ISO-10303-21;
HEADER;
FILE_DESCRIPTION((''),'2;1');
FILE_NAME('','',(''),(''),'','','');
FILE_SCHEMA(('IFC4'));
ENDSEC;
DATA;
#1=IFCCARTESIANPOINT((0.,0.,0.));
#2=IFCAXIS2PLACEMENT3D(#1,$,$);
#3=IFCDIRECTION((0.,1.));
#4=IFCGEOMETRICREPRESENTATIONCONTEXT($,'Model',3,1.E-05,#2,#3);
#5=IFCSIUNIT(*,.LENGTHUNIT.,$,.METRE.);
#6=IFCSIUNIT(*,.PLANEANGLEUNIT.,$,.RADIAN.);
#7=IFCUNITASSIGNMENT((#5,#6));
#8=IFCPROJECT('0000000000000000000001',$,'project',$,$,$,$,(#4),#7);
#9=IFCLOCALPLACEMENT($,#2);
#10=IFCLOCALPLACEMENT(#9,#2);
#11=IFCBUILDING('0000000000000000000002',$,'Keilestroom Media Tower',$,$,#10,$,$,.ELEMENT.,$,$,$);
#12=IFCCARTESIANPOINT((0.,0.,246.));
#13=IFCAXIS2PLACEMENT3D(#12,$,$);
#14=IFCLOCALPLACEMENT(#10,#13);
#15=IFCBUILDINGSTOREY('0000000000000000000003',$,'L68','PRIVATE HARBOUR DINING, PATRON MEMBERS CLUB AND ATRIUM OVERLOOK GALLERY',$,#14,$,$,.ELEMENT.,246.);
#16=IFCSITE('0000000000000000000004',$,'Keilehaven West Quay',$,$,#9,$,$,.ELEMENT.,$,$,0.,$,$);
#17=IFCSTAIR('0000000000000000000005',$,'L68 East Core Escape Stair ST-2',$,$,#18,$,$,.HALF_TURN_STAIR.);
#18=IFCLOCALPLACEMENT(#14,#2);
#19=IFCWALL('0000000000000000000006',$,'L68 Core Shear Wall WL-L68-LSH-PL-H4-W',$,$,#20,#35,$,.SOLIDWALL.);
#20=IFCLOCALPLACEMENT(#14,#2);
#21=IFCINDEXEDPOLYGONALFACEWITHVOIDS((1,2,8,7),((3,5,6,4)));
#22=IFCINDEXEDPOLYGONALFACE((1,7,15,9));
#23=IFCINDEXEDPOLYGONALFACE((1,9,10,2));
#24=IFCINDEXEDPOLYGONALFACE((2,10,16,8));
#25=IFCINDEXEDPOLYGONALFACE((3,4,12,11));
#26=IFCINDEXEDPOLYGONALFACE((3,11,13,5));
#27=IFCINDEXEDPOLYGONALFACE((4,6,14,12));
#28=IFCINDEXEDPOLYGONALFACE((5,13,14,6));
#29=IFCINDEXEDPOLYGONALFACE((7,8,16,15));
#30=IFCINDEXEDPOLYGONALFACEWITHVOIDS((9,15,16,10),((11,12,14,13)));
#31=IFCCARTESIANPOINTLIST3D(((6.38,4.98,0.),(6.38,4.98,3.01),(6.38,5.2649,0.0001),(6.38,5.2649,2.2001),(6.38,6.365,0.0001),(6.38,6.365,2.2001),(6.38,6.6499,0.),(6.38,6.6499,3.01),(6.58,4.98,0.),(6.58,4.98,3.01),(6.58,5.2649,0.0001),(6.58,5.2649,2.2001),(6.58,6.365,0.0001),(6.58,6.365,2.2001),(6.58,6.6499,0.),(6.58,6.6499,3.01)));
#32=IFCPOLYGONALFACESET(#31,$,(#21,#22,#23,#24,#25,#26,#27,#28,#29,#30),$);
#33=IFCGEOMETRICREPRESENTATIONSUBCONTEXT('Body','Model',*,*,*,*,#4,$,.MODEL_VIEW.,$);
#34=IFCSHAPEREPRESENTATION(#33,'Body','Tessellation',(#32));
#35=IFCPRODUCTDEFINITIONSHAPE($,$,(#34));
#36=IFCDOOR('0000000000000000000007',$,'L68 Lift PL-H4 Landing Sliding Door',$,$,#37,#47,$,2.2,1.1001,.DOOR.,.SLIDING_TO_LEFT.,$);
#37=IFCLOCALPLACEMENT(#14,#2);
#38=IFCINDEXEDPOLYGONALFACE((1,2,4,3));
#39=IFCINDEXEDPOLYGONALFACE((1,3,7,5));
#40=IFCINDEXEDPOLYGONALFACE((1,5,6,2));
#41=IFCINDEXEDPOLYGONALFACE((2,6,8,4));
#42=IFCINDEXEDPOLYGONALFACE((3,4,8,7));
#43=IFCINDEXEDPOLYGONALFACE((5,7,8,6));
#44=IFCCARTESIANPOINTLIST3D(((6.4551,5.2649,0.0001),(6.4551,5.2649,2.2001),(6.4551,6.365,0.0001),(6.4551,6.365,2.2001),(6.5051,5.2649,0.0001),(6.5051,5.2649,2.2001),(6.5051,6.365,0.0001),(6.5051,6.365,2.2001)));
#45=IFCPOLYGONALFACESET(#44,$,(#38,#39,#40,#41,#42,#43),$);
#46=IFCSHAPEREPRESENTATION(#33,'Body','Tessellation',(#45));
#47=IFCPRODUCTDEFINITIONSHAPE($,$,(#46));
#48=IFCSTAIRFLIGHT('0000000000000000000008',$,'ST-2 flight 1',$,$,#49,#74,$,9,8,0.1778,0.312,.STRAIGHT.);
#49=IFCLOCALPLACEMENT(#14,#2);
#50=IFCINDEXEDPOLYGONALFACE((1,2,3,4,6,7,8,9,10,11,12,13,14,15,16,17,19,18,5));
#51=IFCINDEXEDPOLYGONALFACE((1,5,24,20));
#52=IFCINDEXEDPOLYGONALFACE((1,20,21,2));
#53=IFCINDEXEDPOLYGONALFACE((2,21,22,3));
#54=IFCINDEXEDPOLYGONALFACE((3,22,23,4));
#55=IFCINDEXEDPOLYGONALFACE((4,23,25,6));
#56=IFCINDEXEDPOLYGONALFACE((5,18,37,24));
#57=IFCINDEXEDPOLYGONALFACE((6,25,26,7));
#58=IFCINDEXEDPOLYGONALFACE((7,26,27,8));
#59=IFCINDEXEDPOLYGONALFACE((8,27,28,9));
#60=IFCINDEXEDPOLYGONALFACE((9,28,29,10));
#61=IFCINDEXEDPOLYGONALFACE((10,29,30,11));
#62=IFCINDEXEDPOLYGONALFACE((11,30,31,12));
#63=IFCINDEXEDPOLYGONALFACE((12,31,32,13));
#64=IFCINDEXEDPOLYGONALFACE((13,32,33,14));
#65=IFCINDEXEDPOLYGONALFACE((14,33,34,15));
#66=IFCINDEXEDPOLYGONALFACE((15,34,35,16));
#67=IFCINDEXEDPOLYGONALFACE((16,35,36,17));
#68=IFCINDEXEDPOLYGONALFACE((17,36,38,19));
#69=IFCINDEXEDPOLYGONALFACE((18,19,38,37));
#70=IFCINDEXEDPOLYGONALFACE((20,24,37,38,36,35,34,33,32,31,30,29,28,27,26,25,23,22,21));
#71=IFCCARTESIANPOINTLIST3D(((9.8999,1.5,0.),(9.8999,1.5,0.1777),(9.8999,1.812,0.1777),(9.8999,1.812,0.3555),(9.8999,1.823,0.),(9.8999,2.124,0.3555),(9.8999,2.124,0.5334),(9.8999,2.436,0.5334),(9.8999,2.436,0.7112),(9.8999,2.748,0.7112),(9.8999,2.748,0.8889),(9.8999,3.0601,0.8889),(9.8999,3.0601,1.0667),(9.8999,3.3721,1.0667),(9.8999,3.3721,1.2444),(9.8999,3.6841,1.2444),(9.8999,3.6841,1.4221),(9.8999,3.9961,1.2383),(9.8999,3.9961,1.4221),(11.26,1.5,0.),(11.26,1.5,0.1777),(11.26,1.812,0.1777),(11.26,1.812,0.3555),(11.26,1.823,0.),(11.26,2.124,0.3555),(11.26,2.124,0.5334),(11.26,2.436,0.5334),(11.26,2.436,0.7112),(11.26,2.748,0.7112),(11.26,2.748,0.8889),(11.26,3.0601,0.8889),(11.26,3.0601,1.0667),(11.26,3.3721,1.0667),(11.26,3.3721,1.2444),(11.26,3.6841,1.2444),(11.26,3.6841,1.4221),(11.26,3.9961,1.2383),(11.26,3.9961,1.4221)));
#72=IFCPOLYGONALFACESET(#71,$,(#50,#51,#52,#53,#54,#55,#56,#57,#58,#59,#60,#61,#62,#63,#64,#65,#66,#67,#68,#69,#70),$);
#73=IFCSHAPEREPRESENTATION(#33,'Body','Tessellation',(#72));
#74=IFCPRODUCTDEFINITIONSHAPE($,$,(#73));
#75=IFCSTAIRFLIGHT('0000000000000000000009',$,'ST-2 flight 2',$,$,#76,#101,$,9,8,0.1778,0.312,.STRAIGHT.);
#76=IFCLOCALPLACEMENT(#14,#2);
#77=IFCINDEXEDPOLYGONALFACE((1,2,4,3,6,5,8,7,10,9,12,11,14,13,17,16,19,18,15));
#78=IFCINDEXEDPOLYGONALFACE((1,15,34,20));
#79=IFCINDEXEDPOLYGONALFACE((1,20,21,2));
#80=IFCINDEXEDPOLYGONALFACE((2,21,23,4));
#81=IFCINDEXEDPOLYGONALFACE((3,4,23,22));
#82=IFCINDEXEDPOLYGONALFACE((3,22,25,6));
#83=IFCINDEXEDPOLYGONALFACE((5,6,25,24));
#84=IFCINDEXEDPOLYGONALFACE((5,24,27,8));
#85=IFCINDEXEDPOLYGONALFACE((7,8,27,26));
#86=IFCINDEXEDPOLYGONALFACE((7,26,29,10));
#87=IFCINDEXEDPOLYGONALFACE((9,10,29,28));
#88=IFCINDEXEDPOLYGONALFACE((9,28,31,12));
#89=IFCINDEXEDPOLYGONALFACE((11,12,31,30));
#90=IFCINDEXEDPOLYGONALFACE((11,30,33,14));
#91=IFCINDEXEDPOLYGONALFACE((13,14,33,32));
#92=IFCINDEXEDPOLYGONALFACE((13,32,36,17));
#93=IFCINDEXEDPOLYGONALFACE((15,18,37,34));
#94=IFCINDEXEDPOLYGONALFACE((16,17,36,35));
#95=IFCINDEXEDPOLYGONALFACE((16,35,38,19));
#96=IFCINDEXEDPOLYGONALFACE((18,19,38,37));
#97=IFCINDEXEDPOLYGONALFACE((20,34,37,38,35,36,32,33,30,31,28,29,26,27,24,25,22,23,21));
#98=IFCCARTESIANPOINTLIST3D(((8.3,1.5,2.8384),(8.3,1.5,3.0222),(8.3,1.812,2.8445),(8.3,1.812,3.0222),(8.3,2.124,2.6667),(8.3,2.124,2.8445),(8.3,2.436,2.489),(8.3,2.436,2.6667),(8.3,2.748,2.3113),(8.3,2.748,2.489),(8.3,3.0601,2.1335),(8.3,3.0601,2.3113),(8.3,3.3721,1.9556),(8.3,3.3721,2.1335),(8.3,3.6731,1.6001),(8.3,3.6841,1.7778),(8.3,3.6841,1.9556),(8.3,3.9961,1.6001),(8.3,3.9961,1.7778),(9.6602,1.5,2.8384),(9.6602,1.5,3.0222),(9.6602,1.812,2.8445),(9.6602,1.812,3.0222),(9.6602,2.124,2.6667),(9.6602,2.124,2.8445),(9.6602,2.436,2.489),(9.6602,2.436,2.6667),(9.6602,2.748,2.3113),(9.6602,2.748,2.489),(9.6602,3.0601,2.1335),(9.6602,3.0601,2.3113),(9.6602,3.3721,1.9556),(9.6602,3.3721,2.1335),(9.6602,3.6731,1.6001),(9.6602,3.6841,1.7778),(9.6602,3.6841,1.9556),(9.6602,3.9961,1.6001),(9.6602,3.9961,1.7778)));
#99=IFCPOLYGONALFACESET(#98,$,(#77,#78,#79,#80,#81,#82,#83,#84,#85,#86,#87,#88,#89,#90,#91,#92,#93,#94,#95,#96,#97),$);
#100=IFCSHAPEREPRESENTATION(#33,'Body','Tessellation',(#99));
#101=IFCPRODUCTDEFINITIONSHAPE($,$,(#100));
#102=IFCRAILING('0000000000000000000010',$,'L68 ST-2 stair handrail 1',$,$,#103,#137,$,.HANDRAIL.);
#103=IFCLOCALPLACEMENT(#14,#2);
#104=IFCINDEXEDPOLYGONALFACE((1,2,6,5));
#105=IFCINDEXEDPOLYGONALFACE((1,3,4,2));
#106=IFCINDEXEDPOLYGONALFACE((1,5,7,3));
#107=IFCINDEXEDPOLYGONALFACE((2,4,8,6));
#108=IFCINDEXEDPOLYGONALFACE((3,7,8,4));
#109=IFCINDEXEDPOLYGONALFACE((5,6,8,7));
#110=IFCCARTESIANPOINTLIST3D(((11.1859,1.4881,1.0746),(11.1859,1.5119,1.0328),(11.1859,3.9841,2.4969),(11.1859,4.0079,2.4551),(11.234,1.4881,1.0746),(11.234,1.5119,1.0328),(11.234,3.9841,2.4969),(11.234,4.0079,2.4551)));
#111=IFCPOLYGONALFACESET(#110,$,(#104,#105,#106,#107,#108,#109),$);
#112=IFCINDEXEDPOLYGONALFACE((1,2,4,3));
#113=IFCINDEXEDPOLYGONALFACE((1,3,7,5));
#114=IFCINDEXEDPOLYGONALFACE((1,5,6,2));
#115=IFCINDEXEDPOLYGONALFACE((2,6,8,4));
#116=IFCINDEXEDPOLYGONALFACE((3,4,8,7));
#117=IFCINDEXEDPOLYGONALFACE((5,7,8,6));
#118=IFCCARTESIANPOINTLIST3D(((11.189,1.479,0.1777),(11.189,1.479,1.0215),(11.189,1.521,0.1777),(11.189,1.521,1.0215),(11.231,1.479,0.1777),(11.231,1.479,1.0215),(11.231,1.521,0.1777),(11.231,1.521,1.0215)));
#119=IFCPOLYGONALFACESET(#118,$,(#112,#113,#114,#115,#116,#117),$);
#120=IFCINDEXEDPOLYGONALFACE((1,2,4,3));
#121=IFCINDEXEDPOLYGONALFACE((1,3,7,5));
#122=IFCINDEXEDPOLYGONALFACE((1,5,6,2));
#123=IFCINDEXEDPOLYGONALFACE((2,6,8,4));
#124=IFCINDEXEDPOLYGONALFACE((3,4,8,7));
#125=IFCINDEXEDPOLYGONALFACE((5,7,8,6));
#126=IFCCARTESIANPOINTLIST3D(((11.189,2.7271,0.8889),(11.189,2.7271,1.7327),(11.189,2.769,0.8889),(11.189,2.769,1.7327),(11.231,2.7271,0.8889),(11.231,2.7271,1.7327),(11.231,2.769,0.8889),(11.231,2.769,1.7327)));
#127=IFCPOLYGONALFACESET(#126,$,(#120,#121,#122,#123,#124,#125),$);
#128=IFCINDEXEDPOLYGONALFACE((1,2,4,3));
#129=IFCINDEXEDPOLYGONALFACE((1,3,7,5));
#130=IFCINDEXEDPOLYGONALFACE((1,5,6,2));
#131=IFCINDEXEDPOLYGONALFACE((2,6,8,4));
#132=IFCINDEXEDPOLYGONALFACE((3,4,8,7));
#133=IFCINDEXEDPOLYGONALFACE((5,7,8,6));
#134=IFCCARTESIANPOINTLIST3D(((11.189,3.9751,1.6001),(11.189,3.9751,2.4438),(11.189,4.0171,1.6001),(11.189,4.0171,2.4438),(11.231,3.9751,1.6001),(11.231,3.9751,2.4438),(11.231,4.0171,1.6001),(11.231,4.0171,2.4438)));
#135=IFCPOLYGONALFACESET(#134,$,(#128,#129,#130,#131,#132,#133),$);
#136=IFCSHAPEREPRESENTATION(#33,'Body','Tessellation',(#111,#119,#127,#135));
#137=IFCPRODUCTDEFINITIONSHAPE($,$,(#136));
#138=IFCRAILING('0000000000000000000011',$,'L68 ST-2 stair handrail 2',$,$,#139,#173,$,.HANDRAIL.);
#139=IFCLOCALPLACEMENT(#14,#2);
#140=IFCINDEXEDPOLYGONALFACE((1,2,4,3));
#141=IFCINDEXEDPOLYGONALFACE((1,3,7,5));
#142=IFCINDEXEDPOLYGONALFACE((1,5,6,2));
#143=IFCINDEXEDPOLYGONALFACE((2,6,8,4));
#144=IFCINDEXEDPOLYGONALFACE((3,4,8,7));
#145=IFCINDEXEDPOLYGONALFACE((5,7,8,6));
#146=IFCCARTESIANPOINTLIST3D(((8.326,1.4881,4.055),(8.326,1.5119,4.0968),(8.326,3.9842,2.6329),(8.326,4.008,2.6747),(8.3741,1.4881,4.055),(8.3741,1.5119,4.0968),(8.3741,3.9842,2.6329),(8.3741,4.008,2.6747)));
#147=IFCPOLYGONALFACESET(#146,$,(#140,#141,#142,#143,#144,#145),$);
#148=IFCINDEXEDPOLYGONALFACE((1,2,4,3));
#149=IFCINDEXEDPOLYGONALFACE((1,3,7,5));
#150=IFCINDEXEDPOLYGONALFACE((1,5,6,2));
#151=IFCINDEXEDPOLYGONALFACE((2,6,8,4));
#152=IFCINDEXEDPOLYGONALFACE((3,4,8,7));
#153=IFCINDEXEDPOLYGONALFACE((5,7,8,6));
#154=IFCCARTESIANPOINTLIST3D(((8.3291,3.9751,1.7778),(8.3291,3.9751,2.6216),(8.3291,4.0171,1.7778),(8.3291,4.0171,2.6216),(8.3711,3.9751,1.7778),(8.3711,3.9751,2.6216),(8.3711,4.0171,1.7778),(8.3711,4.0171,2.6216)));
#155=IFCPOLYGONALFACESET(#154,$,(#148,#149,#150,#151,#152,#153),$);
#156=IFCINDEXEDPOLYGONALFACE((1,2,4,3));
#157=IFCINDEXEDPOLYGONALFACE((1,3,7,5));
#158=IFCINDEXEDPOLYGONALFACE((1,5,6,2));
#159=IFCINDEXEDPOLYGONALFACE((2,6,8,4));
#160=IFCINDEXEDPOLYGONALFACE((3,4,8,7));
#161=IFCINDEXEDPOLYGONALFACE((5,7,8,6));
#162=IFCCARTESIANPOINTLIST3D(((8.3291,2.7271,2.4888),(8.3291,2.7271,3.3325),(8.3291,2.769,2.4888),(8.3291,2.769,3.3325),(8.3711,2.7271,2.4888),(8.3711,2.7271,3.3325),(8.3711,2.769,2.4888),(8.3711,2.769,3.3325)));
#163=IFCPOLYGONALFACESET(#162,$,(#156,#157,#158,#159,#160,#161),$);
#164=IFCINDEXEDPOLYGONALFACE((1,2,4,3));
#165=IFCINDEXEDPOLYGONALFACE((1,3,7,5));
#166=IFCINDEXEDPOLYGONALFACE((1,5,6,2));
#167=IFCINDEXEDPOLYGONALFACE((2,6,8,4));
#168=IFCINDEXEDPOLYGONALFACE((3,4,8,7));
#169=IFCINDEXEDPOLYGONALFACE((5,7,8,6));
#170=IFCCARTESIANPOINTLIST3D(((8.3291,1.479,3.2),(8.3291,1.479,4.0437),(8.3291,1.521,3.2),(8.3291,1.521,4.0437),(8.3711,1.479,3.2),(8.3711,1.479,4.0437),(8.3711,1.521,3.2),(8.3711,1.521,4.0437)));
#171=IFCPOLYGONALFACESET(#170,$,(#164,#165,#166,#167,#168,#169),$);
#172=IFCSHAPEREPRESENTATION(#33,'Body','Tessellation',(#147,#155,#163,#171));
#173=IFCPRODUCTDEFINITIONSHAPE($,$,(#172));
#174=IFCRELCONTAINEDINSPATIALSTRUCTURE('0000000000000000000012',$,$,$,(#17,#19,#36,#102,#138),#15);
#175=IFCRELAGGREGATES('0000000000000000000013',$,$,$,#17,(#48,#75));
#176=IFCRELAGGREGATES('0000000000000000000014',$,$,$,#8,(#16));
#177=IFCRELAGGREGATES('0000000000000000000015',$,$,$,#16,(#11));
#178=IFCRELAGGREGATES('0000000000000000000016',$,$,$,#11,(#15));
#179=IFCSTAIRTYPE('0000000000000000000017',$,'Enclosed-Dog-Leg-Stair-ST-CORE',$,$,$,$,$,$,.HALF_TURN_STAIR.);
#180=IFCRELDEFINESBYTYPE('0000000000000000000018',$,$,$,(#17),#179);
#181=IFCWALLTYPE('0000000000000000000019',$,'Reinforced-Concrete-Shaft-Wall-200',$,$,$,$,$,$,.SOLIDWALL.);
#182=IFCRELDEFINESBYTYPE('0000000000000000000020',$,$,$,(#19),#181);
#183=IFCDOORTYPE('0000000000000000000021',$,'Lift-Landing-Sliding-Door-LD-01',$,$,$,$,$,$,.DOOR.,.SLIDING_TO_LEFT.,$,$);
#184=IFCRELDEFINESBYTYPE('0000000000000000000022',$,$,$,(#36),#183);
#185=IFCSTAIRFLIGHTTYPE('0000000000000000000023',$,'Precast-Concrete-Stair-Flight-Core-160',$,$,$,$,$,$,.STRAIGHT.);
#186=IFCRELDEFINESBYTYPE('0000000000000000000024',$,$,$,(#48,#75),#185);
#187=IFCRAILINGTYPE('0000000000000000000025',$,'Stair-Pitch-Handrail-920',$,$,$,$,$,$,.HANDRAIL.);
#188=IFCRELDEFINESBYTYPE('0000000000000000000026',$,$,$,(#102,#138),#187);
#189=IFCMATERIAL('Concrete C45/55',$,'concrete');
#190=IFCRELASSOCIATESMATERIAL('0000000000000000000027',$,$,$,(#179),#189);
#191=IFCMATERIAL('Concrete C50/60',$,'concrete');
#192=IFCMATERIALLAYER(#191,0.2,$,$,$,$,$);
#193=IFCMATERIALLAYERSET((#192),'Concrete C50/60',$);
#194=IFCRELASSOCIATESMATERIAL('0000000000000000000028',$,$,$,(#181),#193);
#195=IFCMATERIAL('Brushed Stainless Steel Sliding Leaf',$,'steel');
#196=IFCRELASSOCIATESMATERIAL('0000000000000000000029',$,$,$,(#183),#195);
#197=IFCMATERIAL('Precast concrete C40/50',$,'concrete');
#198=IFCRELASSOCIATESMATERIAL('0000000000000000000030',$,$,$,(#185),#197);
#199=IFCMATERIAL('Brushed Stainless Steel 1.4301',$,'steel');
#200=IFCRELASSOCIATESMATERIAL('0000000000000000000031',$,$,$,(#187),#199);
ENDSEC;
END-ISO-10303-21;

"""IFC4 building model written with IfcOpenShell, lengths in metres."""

from ifc_helpers import new_model, si_unit, direction, frame, frame_2d, origin, origin_2d, place, context, subcontext, project, spatial, polyline, rectangle, outline, extrude, source, transform, mapped, material, layer, layer_set, type_object, element, fill, aggregate, save


model = new_model("IFC4")

# Units and contexts
model_context = context("Model", 3, precision=1e-05, world=origin(), true_north=direction((0.0, 1.0)))
body_context = subcontext(model_context, "Body", "Model", "MODEL_VIEW")
ifc_project = project(units=[si_unit("LENGTHUNIT", "METRE"), si_unit("PLANEANGLEUNIT", "RADIAN")], contexts=[model_context])

# Site, building, storey
site_placement = place(None, origin())
site = spatial("IfcSite", under=ifc_project, at=site_placement, Name="Keilehaven West Quay", CompositionType="ELEMENT", RefElevation=0.0)
building_placement = place(site_placement, origin())
building = spatial("IfcBuilding", under=site, at=building_placement, Name="Keilestroom Media Tower", CompositionType="ELEMENT")
storey_placement = place(building_placement, frame((0.0, 0.0, 246.0)))
storey = spatial("IfcBuildingStorey", under=building, at=storey_placement, Name="L68", Description="PRIVATE HARBOUR DINING, PATRON MEMBERS CLUB AND ATRIUM OVERLOOK GALLERY", CompositionType="ELEMENT", Elevation=246.0)

# Stair
ifc_material_1 = material(Name="Concrete C45/55", Category="concrete")
stair_type = type_object("IfcStairType", Name="Enclosed-Dog-Leg-Stair-ST-CORE", PredefinedType="HALF_TURN_STAIR", material=ifc_material_1)
stair_placement = place(storey_placement, origin())
stair = element("IfcStair", 1, at=stair_placement, inside=storey, type_object=stair_type, Name="L68 East Core Escape Stair ST-2", PredefinedType="HALF_TURN_STAIR")

# Shared definitions
ifc_material_2 = material(Name="Concrete C50/60", Category="concrete")
ifc_layer_1 = layer(ifc_material_2, 0.2)
ifc_layer_set_1 = layer_set([ifc_layer_1], Name="Concrete C50/60")
wall_type_1 = type_object("IfcWallType", Name="Reinforced-Concrete-Shaft-Wall-200", PredefinedType="SOLIDWALL", material=ifc_layer_set_1)

# Shared definitions
ifc_material_3 = material(Name="Brushed Stainless Steel Sliding Leaf", Category="steel")
door_type = type_object("IfcDoorType", Name="Lift-Landing-Sliding-Door-LD-01", OperationType="SLIDING_TO_LEFT", PredefinedType="DOOR", material=ifc_material_3)
shared_shape_1 = source(origin(), body_context, "Body", "SweptSolid", [
    extrude(rectangle(XDim=1.1001, YDim=2.2, at=frame_2d((0.55, 1.1001))), frame((0.0, 0.0249, 0.0), z_axis=(0.0, -1.0, 0.0), x_axis=(1.0, 0.0, 0.0)), (0.0, 0.0, 1.0), 0.05),
])

# Wall, opening, door
wall_1_placement = place(storey_placement, frame((6.48, 4.98, 0.0), z_axis=(0.0, 0.0, 1.0), x_axis=(0.0, 1.0, 0.0)))
wall_1 = element("IfcWall", 2, at=wall_1_placement, inside=storey, type_object=wall_type_1, Name="L68 Core Shear Wall WL-L68-LSH-PL-H4-W", PredefinedType="SOLIDWALL", context=body_context, shape_type="SweptSolid", body=[
    extrude(rectangle(XDim=1.6699, YDim=0.2, at=frame_2d((0.835, 0.0))), origin(), (0.0, 0.0, 1.0), 3.01),
])
opening_1_placement = place(wall_1_placement, frame((0.2849, 0.0, 0.0)))
opening_1 = element("IfcOpeningElement", 3, at=opening_1_placement, cuts=wall_1, PredefinedType="OPENING", context=body_context, shape_type="SweptSolid", body=[
    extrude(rectangle(XDim=1.1001, YDim=2.2, at=frame_2d((0.55, 1.1001))), frame((0.0, 0.1099, 0.0), z_axis=(0.0, -1.0, 0.0), x_axis=(1.0, 0.0, 0.0)), (0.0, 0.0, 1.0), 0.22),
])
door_1_placement = place(opening_1_placement, origin())
door_1 = element("IfcDoor", 4, at=door_1_placement, inside=storey, type_object=door_type, Name="L68 Lift PL-H4 Landing Sliding Door", OperationType="SLIDING_TO_LEFT", OverallHeight=2.2, OverallWidth=1.1001, PredefinedType="DOOR", context=body_context, shape_type="MappedRepresentation", body=[
    mapped(shared_shape_1, transform((0.0, 0.0, 0.0), x_axis=(1.0, 0.0, 0.0), y_axis=(0.0, 1.0, 0.0), z_axis=(0.0, 0.0, 1.0), scale=1.0)),
])
fill(opening_1, door_1)

# Stair flights
ifc_material_4 = material(Name="Precast concrete C40/50", Category="concrete")
stair_flight_type = type_object("IfcStairFlightType", Name="Precast-Concrete-Stair-Flight-Core-160", PredefinedType="STRAIGHT", material=ifc_material_4)
stair_flight_1_placement = place(storey_placement, frame((10.5801, 1.5, 0.0), z_axis=(0.0, 0.0, 1.0), x_axis=(0.0, 1.0, 0.0)))
stair_flight_1 = element("IfcStairFlight", 5, at=stair_flight_1_placement, type_object=stair_flight_type, Name="ST-2 flight 1", NumberOfRisers=9, NumberOfTreads=8, PredefinedType="STRAIGHT", RiserHeight=0.1778, TreadLength=0.312, context=body_context, shape_type="SweptSolid", body=[
    extrude(outline(polyline([(0.0, 0.0), (0.0, 0.1777), (0.312, 0.1777), (0.312, 0.3555), (0.624, 0.3555), (0.624, 0.5334), (0.936, 0.5334), (0.936, 0.7112), (1.248, 0.7112), (1.248, 0.8889), (1.5601, 0.8889), (1.5601, 1.0667), (1.8721, 1.0667), (1.8721, 1.2444), (2.1841, 1.2444), (2.1841, 1.4221), (2.4961, 1.4221), (2.4961, 1.6001), (2.4961, 1.2383), (0.323, 0.0), (0.0, 0.0)])), frame((0.0, 0.6802, 0.0), z_axis=(0.0, -1.0, 0.0), x_axis=(1.0, 0.0, 0.0)), (0.0, 0.0, 1.0), 1.3601),
])
stair_flight_2_placement = place(storey_placement, frame((8.98, 3.9961, 1.6001), z_axis=(0.0, 0.0, 1.0), x_axis=(0.0, -1.0, 0.0)))
stair_flight_2 = element("IfcStairFlight", 6, at=stair_flight_2_placement, type_object=stair_flight_type, Name="ST-2 flight 2", NumberOfRisers=9, NumberOfTreads=8, PredefinedType="STRAIGHT", RiserHeight=0.1778, TreadLength=0.312, context=body_context, shape_type="SweptSolid", body=[
    extrude(outline(polyline([(0.0, 0.0), (0.0, 0.1777), (0.312, 0.1777), (0.312, 0.3555), (0.624, 0.3555), (0.624, 0.5334), (0.936, 0.5334), (0.936, 0.7112), (1.248, 0.7112), (1.248, 0.8889), (1.5601, 0.8889), (1.5601, 1.0667), (1.8721, 1.0667), (1.8721, 1.2444), (2.1841, 1.2444), (2.1841, 1.4221), (2.4961, 1.4221), (2.4961, 1.6001), (2.4961, 1.2383), (0.323, 0.0), (0.0, 0.0)])), frame((0.0, 0.6802, 0.0), z_axis=(0.0, -1.0, 0.0), x_axis=(1.0, 0.0, 0.0)), (0.0, 0.0, 1.0), 1.3601),
])
aggregate(stair, [stair_flight_1, stair_flight_2])

# Railings
ifc_material_5 = material(Name="Brushed Stainless Steel 1.4301", Category="steel")
railing_type_1 = type_object("IfcRailingType", Name="Stair-Pitch-Handrail-920", PredefinedType="HANDRAIL", material=ifc_material_5)
railing_1_placement = place(storey_placement, frame((11.21, 1.5, 0.1777)))
element("IfcRailing", 7, at=railing_1_placement, inside=storey, type_object=railing_type_1, Name="L68 ST-2 stair handrail 1", PredefinedType="HANDRAIL", context=body_context, shape_type="SweptSolid", body=[
    extrude(rectangle(XDim=0.0481, YDim=0.0481, at=origin_2d()), frame((0.0, 0.0, 0.876), z_axis=(0.0, 0.868839, 0.495095), x_axis=(-1.0, 0.0, 0.0)), (0.0, 0.0, 1.0), 2.8728),
    extrude(rectangle(XDim=0.042, YDim=0.042, at=origin_2d()), origin(), (0.0, 0.0, 1.0), 0.8438),
    extrude(rectangle(XDim=0.042, YDim=0.042, at=origin_2d()), frame((0.0, 1.248, 0.7112)), (0.0, 0.0, 1.0), 0.8438),
    extrude(rectangle(XDim=0.042, YDim=0.042, at=origin_2d()), frame((0.0, 2.4961, 1.4224)), (0.0, 0.0, 1.0), 0.8438),
])
railing_2_placement = place(storey_placement, frame((8.3501, 3.9961, 1.7778)))
element("IfcRailing", 8, at=railing_2_placement, inside=storey, type_object=railing_type_1, Name="L68 ST-2 stair handrail 2", PredefinedType="HANDRAIL", context=body_context, shape_type="SweptSolid", body=[
    extrude(rectangle(XDim=0.0481, YDim=0.0481, at=origin_2d()), frame((0.0, 0.0, 0.876), z_axis=(0.0, -0.868875, 0.495031), x_axis=(1.0, 0.0, 0.0)), (0.0, 0.0, 1.0), 2.8728),
    extrude(rectangle(XDim=0.042, YDim=0.042, at=origin_2d()), origin(), (0.0, 0.0, 1.0), 0.8438),
    extrude(rectangle(XDim=0.042, YDim=0.042, at=origin_2d()), frame((0.0, -1.248, 0.7109)), (0.0, 0.0, 1.0), 0.8438),
    extrude(rectangle(XDim=0.042, YDim=0.042, at=origin_2d()), frame((0.0, -2.4961, 1.4221)), (0.0, 0.0, 1.0), 0.8438),
])

save(model, "model.ifc")
